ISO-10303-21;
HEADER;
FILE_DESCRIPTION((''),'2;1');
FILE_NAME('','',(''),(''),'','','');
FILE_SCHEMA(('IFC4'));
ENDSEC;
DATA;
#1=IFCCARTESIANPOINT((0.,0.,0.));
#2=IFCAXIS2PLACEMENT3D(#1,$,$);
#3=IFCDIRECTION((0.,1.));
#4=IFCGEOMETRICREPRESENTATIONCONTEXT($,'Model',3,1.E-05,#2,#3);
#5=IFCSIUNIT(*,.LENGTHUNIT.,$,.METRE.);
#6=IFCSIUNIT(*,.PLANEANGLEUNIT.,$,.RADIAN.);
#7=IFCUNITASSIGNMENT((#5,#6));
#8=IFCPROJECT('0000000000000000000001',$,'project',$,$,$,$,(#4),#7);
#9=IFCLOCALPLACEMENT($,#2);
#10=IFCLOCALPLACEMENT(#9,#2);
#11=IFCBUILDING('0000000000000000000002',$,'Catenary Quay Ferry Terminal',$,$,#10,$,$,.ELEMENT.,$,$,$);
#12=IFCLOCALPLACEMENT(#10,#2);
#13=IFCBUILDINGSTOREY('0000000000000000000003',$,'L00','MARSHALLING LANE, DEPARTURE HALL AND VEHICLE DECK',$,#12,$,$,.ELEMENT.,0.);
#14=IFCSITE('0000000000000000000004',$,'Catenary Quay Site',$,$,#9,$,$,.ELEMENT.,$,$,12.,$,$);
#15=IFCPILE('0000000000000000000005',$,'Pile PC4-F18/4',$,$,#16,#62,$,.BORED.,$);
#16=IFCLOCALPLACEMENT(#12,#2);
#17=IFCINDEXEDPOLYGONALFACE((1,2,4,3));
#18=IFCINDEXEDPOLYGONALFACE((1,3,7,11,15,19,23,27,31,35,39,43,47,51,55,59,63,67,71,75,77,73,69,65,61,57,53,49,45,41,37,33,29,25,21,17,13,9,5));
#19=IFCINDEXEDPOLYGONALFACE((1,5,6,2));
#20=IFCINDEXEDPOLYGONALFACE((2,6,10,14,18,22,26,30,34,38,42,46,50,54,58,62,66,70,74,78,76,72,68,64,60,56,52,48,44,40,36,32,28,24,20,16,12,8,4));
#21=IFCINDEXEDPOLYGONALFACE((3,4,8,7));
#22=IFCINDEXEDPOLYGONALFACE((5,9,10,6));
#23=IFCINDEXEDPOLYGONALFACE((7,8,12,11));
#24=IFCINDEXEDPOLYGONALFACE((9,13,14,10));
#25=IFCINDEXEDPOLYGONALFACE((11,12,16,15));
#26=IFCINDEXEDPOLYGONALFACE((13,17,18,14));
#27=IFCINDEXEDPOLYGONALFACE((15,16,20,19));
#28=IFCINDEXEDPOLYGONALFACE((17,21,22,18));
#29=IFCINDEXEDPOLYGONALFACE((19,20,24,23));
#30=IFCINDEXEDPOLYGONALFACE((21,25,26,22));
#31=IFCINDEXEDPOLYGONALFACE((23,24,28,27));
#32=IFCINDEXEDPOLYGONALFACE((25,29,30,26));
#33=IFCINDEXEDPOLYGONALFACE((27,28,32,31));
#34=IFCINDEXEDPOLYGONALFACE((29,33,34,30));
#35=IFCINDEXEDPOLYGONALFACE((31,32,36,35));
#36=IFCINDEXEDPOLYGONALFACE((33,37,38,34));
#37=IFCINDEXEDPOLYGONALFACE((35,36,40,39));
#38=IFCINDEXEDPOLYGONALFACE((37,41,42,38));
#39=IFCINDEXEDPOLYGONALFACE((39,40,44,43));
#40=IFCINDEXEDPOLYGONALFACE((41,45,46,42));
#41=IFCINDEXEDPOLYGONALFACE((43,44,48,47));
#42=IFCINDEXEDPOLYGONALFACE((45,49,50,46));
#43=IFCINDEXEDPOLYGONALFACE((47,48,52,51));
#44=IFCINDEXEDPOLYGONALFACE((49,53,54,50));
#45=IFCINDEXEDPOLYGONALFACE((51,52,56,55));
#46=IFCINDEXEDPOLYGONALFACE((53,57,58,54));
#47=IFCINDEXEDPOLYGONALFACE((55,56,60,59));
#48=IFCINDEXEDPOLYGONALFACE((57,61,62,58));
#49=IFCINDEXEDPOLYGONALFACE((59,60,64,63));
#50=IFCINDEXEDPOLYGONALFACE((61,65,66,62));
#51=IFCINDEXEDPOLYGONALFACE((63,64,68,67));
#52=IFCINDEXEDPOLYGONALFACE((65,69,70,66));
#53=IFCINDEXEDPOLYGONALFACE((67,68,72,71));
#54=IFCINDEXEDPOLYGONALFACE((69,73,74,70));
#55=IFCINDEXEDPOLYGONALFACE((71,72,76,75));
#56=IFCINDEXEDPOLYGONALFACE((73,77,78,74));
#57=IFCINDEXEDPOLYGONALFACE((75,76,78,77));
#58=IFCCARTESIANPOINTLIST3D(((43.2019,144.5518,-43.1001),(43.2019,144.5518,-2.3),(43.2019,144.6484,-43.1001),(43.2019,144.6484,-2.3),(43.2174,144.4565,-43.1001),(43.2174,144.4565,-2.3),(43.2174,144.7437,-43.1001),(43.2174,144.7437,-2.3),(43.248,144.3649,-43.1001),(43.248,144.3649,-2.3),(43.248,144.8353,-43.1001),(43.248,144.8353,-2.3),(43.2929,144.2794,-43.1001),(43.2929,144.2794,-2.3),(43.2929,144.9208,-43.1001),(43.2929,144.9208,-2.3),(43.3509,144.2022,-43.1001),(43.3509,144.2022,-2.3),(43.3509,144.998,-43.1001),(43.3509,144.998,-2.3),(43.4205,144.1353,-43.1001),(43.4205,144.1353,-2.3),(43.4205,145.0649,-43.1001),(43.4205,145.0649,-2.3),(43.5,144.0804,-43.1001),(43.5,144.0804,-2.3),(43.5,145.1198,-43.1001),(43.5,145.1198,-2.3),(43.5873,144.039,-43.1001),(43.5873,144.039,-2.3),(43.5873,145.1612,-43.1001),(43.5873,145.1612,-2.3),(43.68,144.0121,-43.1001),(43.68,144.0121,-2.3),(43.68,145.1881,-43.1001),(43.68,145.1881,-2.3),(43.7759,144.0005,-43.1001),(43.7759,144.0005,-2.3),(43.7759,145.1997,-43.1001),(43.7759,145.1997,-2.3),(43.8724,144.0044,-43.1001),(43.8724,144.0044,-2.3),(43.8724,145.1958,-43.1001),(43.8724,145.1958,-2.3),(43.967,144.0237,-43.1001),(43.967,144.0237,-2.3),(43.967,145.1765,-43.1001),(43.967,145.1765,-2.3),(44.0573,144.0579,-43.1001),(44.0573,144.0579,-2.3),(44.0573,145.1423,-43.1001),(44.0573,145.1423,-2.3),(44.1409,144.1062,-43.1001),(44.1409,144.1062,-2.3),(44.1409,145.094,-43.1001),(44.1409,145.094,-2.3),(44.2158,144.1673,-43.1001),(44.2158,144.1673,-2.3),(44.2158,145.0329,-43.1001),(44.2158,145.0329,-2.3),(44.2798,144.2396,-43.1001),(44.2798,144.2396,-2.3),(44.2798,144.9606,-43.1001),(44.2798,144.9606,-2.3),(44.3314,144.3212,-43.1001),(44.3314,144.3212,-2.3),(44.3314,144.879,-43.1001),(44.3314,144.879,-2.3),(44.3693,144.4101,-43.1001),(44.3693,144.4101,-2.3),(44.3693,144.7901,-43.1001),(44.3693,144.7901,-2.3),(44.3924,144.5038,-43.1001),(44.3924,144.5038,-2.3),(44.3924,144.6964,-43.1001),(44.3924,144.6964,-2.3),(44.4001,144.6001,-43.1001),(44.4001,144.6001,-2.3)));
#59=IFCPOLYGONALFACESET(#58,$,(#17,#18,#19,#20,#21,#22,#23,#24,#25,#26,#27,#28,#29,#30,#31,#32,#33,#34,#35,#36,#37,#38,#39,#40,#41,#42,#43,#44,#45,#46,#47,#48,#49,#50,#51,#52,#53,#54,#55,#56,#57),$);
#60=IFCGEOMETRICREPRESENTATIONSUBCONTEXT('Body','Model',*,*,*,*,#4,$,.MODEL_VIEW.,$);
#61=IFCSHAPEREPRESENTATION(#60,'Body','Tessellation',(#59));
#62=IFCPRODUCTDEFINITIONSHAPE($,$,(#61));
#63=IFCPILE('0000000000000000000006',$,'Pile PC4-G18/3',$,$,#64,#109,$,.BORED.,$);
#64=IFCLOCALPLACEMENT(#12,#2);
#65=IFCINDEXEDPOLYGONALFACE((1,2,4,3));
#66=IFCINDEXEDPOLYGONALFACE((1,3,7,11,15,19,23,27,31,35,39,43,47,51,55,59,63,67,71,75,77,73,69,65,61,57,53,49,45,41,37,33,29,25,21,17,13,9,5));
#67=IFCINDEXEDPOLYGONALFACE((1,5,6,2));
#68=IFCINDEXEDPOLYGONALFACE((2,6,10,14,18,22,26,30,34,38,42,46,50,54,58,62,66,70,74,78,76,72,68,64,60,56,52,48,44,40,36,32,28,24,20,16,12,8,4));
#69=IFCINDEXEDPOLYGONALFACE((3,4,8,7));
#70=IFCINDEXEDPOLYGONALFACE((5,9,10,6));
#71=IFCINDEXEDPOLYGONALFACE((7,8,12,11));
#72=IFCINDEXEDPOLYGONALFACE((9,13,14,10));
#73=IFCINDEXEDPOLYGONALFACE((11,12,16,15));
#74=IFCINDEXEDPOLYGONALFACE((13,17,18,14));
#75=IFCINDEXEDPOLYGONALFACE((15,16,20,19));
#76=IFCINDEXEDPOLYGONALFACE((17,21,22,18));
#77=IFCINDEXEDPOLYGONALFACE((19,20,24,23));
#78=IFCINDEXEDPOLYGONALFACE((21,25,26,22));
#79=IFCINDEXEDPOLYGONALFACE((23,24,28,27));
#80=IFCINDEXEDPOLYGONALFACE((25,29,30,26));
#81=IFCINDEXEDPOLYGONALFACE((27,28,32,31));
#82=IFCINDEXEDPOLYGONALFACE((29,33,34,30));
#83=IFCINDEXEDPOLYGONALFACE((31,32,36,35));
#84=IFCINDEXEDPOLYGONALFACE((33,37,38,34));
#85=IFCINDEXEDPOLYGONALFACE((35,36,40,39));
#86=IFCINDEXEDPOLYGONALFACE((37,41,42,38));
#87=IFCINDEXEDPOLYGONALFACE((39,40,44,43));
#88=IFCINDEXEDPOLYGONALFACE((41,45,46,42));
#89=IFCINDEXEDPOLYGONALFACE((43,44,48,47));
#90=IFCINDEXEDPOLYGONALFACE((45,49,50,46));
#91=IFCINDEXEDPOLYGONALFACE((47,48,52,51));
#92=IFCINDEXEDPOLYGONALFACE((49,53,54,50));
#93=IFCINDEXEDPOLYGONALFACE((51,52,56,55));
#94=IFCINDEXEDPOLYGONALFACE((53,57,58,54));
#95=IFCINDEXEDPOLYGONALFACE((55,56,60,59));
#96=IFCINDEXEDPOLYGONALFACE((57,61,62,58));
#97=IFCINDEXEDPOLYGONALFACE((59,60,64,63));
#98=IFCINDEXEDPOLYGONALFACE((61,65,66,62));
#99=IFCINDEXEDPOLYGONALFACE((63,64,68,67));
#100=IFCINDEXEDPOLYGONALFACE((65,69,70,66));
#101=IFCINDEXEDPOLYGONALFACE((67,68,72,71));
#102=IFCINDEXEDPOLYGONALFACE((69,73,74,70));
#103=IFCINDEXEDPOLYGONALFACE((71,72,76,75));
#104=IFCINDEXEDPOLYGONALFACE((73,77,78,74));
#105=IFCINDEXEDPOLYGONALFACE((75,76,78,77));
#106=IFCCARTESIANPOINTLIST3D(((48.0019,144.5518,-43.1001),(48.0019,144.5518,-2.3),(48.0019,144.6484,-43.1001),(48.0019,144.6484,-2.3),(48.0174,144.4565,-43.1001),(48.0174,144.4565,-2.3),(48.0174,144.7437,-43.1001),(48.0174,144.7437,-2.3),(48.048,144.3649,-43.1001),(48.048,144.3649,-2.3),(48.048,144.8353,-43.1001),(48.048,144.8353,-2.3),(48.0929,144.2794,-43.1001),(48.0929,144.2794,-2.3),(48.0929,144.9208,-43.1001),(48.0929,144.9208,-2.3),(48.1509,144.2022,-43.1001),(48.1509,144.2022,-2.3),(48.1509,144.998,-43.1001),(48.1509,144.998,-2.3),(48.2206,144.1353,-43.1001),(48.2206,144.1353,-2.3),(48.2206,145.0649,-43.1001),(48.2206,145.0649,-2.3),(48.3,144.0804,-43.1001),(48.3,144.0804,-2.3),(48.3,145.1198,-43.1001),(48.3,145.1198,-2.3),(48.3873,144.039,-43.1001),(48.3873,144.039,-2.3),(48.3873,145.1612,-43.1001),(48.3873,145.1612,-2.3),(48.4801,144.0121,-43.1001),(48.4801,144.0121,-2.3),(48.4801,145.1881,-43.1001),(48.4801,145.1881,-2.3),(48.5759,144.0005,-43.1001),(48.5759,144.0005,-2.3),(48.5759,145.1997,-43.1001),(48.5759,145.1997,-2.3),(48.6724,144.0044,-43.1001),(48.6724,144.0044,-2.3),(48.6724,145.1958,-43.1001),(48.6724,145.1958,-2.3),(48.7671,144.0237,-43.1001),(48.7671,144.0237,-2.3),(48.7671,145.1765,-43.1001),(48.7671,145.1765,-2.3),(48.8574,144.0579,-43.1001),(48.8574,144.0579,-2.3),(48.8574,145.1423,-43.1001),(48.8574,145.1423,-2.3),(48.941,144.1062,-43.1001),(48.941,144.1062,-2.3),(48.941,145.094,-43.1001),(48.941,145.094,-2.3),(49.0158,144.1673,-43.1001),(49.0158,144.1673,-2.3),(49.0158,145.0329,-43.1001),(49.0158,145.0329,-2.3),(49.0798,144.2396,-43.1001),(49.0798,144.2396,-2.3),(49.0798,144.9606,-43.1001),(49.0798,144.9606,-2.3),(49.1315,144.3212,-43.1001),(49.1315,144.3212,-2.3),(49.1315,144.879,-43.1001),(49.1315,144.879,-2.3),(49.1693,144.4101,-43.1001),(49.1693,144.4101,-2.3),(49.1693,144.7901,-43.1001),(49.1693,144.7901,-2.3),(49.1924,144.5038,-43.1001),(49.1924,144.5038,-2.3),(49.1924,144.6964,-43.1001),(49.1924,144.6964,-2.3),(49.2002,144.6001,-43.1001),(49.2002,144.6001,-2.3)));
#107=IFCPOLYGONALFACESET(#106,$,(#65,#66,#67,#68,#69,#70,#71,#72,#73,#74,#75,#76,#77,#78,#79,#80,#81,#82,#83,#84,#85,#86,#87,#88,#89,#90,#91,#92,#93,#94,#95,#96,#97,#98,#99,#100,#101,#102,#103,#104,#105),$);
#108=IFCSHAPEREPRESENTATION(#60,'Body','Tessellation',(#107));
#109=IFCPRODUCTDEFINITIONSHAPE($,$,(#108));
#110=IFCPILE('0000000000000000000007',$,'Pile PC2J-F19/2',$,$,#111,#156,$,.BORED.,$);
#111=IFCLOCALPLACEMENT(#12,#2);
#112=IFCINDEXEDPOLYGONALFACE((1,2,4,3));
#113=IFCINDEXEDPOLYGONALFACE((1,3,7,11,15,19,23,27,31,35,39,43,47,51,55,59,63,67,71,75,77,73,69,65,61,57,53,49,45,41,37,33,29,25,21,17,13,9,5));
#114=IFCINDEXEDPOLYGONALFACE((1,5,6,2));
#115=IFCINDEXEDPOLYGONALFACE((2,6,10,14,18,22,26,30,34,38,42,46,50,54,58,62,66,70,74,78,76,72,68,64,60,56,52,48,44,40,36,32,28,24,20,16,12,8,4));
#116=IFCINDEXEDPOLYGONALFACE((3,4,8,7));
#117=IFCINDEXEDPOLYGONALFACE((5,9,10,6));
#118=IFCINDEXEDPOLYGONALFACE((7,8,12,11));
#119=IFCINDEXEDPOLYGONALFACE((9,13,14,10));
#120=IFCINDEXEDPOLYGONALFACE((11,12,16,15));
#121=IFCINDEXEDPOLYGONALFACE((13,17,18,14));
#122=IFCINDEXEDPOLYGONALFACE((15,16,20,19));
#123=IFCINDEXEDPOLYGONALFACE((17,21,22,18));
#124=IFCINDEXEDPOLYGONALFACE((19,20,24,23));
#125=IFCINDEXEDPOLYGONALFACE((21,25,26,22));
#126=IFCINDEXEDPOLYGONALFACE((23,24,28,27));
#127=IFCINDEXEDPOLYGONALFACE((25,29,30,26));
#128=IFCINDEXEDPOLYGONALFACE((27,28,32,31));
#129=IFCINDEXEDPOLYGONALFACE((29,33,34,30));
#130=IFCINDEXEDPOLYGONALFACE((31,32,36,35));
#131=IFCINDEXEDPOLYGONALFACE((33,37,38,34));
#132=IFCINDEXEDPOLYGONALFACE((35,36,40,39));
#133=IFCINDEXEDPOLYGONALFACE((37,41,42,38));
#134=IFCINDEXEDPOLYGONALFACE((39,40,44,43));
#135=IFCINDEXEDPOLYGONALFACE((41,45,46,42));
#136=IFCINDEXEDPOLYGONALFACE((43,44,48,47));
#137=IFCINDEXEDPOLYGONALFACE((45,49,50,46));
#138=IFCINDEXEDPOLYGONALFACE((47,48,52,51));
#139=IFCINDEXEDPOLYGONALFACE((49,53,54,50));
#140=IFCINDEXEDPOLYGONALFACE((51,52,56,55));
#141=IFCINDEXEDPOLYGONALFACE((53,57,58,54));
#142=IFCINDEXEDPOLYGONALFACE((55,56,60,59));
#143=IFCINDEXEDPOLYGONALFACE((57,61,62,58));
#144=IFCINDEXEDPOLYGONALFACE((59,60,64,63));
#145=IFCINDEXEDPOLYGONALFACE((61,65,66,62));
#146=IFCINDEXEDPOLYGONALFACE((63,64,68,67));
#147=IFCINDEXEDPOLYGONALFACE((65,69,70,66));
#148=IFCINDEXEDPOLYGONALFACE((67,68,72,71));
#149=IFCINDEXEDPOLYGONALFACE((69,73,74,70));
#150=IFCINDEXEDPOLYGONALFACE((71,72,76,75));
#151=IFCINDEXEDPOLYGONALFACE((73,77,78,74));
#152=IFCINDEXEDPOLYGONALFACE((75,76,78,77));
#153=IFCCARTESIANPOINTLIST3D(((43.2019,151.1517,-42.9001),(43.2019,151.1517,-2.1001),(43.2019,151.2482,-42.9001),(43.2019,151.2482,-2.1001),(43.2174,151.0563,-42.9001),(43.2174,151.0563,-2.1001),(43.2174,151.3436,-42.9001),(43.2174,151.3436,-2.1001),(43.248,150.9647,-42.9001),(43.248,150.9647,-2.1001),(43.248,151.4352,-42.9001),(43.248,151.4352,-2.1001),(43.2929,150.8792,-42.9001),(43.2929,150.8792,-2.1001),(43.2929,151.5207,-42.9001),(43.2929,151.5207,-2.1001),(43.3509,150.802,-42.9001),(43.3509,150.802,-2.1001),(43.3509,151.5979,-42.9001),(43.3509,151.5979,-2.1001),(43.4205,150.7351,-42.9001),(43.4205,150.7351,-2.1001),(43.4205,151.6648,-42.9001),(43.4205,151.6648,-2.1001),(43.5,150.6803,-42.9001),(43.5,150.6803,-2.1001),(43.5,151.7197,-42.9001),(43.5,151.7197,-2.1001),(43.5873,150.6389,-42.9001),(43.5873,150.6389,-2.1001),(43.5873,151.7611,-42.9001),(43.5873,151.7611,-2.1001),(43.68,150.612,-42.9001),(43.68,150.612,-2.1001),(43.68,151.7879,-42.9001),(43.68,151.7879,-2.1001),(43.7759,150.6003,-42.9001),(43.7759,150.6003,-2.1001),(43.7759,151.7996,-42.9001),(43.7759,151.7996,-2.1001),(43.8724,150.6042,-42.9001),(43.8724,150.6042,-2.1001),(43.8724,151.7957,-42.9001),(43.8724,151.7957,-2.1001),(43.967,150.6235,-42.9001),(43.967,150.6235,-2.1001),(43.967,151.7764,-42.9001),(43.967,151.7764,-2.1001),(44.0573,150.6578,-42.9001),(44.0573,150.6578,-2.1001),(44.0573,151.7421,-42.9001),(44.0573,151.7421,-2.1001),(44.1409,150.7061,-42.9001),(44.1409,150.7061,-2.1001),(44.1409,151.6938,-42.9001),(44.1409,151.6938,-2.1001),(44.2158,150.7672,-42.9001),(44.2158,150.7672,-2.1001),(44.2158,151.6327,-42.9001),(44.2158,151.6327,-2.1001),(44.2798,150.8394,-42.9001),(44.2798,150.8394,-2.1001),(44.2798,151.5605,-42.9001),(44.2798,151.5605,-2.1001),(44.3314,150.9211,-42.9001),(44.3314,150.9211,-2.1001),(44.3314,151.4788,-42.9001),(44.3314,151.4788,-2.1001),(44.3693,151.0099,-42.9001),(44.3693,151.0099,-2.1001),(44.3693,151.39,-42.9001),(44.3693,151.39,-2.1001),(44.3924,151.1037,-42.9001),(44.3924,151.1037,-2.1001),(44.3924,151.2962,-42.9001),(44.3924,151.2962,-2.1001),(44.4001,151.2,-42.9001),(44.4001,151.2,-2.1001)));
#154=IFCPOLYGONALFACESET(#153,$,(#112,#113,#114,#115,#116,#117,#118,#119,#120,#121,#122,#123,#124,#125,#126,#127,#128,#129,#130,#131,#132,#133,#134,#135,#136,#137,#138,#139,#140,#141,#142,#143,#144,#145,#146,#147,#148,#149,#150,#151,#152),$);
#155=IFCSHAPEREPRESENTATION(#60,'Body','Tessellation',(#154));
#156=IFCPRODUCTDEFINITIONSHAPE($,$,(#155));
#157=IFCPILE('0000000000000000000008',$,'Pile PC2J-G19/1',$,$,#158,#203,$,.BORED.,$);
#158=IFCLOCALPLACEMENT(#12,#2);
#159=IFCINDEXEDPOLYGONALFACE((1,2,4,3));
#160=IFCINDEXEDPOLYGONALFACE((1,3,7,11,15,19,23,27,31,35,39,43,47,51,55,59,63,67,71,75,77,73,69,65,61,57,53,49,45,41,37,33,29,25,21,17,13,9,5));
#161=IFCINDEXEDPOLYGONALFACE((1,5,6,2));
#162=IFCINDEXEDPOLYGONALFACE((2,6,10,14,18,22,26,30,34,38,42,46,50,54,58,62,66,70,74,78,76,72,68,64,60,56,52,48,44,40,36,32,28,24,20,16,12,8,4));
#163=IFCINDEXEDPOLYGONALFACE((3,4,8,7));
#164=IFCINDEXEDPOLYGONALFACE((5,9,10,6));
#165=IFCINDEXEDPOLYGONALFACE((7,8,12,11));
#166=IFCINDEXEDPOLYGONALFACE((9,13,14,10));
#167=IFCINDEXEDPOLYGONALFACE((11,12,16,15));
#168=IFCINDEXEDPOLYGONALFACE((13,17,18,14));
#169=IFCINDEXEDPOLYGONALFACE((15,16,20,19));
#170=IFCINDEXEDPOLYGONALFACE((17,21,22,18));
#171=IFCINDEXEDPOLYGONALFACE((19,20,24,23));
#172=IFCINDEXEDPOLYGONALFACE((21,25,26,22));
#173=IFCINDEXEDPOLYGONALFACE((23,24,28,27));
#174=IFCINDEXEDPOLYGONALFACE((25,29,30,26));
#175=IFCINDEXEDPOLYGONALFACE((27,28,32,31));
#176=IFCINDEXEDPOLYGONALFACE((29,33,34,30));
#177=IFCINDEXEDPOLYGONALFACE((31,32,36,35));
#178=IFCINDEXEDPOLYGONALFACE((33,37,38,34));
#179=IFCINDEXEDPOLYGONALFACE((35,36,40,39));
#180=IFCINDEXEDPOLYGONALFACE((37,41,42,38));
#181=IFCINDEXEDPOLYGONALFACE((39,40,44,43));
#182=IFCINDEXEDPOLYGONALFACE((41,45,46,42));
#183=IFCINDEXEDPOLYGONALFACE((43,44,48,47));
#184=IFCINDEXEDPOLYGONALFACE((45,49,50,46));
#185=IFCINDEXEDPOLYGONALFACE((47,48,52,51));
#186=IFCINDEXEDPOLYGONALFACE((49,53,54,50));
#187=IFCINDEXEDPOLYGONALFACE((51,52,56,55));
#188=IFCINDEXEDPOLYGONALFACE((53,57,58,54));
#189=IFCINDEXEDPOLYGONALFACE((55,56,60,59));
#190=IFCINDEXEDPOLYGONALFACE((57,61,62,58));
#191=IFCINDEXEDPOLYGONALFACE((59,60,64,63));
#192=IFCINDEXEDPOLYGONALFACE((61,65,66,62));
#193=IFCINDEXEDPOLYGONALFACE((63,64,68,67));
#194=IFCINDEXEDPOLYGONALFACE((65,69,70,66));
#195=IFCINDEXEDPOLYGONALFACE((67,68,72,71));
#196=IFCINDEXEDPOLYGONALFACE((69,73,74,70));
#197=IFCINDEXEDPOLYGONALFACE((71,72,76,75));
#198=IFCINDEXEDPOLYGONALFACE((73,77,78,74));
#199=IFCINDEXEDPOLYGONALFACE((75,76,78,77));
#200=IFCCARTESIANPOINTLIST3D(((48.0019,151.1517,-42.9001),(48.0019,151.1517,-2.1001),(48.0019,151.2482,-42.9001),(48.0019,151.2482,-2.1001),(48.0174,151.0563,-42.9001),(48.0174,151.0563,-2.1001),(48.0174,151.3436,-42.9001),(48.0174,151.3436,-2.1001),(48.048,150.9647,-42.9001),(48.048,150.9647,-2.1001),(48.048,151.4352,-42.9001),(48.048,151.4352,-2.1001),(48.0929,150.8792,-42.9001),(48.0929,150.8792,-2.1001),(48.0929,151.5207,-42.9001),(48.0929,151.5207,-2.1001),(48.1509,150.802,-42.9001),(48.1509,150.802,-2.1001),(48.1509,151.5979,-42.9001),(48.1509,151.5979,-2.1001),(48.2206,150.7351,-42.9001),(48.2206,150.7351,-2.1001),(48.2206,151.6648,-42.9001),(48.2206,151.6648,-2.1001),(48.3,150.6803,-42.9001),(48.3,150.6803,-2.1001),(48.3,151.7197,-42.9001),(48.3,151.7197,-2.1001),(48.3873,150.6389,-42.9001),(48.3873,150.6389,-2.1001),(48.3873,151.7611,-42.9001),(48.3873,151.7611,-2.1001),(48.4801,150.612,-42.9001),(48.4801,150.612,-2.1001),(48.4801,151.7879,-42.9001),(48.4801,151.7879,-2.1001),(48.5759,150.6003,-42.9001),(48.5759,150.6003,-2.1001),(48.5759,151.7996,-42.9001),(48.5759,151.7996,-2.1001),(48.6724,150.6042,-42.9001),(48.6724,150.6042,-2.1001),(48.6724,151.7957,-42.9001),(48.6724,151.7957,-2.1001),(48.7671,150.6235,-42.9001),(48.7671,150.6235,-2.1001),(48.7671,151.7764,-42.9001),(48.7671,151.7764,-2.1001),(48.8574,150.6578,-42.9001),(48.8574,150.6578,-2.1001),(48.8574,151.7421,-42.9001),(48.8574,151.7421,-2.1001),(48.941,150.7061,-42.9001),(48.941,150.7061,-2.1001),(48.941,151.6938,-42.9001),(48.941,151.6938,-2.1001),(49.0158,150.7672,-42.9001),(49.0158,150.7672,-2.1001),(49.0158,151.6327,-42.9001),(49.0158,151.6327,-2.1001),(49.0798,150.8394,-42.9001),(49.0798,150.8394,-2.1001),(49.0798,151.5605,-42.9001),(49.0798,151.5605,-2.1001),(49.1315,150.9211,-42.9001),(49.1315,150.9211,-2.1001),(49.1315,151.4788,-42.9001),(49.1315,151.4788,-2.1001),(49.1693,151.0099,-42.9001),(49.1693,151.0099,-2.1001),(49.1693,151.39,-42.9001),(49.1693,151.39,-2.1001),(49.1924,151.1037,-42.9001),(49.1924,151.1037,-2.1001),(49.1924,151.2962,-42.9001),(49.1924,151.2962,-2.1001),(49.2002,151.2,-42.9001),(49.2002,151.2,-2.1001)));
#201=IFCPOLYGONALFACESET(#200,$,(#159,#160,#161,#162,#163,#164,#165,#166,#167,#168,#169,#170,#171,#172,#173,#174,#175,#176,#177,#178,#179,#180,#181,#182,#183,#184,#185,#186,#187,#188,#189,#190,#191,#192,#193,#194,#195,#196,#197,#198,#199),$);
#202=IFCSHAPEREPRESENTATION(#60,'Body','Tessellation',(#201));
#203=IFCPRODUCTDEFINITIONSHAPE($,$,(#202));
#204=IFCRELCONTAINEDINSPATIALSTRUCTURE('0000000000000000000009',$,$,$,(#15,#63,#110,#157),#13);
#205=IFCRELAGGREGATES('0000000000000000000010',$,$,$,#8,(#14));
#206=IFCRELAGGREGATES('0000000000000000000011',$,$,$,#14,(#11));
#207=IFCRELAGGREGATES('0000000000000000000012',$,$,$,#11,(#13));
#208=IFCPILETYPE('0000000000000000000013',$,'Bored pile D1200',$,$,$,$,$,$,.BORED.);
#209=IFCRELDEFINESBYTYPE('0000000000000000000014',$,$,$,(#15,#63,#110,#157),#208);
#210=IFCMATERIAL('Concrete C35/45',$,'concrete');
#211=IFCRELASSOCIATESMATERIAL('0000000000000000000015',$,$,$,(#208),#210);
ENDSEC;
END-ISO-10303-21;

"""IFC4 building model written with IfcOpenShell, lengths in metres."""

from ifc_helpers import new_model, si_unit, direction, frame, origin, origin_2d, place, context, subcontext, project, spatial, circle, extrude, material, material_profile, profile_set, type_object, element, save


model = new_model("IFC4")

# Units and contexts
model_context = context("Model", 3, precision=1e-05, world=origin(), true_north=direction((0.0, 1.0)))
body_context = subcontext(model_context, "Body", "Model", "MODEL_VIEW")
ifc_project = project(units=[si_unit("LENGTHUNIT", "METRE"), si_unit("PLANEANGLEUNIT", "RADIAN")], contexts=[model_context])

# Site, building, storey
site_placement = place(None, origin())
site = spatial("IfcSite", under=ifc_project, at=site_placement, Name="Catenary Quay Site", CompositionType="ELEMENT", RefElevation=12.0)
building_placement = place(site_placement, origin())
building = spatial("IfcBuilding", under=site, at=building_placement, Name="Catenary Quay Ferry Terminal", CompositionType="ELEMENT")
storey_placement = place(building_placement, origin())
storey = spatial("IfcBuildingStorey", under=building, at=storey_placement, Name="L00", Description="MARSHALLING LANE, DEPARTURE HALL AND VEHICLE DECK", CompositionType="ELEMENT", Elevation=0.0)

# Piles
ifc_material_1 = material(Name="Concrete C35/45", Category="concrete")
ifc_material_profile_1 = material_profile(ifc_material_1, circle(Radius=0.6001, at=origin_2d()), Name="D1200")
ifc_profile_set_1 = profile_set([ifc_material_profile_1], Name="Concrete C35/45")
pile_type = type_object("IfcPileType", Name="Bored pile D1200", PredefinedType="BORED", material=ifc_profile_set_1)
for number, where, z_axis, x_axis, name in (
    (1, (43.8, 144.6001, -2.3), (0.0, 0.0, -1.0), (1.0, 0.0, 0.0), "Pile PC4-F18/4"),
    (2, (48.6001, 144.6001, -2.3), (0.0, 0.0, -1.0), (1.0, 0.0, 0.0), "Pile PC4-G18/3"),
    (3, (43.8, 151.2, -2.1001), (0.0, 0.0, -1.0), (1.0, 0.0, 0.0), "Pile PC2J-F19/2"),
    (4, (48.6001, 151.2, -2.1001), (0.0, 0.0, -1.0), (1.0, 0.0, 0.0), "Pile PC2J-G19/1"),
):
    element("IfcPile", number, at=place(storey_placement, frame(where, z_axis=z_axis, x_axis=x_axis)), inside=storey, type_object=pile_type, Name=name, PredefinedType="BORED", context=body_context, shape_type="SweptSolid", body=[
        extrude(circle(Radius=0.6001, at=origin_2d()), origin(), (0.0, 0.0, 1.0), 40.8),
    ])

save(model, "model.ifc")
